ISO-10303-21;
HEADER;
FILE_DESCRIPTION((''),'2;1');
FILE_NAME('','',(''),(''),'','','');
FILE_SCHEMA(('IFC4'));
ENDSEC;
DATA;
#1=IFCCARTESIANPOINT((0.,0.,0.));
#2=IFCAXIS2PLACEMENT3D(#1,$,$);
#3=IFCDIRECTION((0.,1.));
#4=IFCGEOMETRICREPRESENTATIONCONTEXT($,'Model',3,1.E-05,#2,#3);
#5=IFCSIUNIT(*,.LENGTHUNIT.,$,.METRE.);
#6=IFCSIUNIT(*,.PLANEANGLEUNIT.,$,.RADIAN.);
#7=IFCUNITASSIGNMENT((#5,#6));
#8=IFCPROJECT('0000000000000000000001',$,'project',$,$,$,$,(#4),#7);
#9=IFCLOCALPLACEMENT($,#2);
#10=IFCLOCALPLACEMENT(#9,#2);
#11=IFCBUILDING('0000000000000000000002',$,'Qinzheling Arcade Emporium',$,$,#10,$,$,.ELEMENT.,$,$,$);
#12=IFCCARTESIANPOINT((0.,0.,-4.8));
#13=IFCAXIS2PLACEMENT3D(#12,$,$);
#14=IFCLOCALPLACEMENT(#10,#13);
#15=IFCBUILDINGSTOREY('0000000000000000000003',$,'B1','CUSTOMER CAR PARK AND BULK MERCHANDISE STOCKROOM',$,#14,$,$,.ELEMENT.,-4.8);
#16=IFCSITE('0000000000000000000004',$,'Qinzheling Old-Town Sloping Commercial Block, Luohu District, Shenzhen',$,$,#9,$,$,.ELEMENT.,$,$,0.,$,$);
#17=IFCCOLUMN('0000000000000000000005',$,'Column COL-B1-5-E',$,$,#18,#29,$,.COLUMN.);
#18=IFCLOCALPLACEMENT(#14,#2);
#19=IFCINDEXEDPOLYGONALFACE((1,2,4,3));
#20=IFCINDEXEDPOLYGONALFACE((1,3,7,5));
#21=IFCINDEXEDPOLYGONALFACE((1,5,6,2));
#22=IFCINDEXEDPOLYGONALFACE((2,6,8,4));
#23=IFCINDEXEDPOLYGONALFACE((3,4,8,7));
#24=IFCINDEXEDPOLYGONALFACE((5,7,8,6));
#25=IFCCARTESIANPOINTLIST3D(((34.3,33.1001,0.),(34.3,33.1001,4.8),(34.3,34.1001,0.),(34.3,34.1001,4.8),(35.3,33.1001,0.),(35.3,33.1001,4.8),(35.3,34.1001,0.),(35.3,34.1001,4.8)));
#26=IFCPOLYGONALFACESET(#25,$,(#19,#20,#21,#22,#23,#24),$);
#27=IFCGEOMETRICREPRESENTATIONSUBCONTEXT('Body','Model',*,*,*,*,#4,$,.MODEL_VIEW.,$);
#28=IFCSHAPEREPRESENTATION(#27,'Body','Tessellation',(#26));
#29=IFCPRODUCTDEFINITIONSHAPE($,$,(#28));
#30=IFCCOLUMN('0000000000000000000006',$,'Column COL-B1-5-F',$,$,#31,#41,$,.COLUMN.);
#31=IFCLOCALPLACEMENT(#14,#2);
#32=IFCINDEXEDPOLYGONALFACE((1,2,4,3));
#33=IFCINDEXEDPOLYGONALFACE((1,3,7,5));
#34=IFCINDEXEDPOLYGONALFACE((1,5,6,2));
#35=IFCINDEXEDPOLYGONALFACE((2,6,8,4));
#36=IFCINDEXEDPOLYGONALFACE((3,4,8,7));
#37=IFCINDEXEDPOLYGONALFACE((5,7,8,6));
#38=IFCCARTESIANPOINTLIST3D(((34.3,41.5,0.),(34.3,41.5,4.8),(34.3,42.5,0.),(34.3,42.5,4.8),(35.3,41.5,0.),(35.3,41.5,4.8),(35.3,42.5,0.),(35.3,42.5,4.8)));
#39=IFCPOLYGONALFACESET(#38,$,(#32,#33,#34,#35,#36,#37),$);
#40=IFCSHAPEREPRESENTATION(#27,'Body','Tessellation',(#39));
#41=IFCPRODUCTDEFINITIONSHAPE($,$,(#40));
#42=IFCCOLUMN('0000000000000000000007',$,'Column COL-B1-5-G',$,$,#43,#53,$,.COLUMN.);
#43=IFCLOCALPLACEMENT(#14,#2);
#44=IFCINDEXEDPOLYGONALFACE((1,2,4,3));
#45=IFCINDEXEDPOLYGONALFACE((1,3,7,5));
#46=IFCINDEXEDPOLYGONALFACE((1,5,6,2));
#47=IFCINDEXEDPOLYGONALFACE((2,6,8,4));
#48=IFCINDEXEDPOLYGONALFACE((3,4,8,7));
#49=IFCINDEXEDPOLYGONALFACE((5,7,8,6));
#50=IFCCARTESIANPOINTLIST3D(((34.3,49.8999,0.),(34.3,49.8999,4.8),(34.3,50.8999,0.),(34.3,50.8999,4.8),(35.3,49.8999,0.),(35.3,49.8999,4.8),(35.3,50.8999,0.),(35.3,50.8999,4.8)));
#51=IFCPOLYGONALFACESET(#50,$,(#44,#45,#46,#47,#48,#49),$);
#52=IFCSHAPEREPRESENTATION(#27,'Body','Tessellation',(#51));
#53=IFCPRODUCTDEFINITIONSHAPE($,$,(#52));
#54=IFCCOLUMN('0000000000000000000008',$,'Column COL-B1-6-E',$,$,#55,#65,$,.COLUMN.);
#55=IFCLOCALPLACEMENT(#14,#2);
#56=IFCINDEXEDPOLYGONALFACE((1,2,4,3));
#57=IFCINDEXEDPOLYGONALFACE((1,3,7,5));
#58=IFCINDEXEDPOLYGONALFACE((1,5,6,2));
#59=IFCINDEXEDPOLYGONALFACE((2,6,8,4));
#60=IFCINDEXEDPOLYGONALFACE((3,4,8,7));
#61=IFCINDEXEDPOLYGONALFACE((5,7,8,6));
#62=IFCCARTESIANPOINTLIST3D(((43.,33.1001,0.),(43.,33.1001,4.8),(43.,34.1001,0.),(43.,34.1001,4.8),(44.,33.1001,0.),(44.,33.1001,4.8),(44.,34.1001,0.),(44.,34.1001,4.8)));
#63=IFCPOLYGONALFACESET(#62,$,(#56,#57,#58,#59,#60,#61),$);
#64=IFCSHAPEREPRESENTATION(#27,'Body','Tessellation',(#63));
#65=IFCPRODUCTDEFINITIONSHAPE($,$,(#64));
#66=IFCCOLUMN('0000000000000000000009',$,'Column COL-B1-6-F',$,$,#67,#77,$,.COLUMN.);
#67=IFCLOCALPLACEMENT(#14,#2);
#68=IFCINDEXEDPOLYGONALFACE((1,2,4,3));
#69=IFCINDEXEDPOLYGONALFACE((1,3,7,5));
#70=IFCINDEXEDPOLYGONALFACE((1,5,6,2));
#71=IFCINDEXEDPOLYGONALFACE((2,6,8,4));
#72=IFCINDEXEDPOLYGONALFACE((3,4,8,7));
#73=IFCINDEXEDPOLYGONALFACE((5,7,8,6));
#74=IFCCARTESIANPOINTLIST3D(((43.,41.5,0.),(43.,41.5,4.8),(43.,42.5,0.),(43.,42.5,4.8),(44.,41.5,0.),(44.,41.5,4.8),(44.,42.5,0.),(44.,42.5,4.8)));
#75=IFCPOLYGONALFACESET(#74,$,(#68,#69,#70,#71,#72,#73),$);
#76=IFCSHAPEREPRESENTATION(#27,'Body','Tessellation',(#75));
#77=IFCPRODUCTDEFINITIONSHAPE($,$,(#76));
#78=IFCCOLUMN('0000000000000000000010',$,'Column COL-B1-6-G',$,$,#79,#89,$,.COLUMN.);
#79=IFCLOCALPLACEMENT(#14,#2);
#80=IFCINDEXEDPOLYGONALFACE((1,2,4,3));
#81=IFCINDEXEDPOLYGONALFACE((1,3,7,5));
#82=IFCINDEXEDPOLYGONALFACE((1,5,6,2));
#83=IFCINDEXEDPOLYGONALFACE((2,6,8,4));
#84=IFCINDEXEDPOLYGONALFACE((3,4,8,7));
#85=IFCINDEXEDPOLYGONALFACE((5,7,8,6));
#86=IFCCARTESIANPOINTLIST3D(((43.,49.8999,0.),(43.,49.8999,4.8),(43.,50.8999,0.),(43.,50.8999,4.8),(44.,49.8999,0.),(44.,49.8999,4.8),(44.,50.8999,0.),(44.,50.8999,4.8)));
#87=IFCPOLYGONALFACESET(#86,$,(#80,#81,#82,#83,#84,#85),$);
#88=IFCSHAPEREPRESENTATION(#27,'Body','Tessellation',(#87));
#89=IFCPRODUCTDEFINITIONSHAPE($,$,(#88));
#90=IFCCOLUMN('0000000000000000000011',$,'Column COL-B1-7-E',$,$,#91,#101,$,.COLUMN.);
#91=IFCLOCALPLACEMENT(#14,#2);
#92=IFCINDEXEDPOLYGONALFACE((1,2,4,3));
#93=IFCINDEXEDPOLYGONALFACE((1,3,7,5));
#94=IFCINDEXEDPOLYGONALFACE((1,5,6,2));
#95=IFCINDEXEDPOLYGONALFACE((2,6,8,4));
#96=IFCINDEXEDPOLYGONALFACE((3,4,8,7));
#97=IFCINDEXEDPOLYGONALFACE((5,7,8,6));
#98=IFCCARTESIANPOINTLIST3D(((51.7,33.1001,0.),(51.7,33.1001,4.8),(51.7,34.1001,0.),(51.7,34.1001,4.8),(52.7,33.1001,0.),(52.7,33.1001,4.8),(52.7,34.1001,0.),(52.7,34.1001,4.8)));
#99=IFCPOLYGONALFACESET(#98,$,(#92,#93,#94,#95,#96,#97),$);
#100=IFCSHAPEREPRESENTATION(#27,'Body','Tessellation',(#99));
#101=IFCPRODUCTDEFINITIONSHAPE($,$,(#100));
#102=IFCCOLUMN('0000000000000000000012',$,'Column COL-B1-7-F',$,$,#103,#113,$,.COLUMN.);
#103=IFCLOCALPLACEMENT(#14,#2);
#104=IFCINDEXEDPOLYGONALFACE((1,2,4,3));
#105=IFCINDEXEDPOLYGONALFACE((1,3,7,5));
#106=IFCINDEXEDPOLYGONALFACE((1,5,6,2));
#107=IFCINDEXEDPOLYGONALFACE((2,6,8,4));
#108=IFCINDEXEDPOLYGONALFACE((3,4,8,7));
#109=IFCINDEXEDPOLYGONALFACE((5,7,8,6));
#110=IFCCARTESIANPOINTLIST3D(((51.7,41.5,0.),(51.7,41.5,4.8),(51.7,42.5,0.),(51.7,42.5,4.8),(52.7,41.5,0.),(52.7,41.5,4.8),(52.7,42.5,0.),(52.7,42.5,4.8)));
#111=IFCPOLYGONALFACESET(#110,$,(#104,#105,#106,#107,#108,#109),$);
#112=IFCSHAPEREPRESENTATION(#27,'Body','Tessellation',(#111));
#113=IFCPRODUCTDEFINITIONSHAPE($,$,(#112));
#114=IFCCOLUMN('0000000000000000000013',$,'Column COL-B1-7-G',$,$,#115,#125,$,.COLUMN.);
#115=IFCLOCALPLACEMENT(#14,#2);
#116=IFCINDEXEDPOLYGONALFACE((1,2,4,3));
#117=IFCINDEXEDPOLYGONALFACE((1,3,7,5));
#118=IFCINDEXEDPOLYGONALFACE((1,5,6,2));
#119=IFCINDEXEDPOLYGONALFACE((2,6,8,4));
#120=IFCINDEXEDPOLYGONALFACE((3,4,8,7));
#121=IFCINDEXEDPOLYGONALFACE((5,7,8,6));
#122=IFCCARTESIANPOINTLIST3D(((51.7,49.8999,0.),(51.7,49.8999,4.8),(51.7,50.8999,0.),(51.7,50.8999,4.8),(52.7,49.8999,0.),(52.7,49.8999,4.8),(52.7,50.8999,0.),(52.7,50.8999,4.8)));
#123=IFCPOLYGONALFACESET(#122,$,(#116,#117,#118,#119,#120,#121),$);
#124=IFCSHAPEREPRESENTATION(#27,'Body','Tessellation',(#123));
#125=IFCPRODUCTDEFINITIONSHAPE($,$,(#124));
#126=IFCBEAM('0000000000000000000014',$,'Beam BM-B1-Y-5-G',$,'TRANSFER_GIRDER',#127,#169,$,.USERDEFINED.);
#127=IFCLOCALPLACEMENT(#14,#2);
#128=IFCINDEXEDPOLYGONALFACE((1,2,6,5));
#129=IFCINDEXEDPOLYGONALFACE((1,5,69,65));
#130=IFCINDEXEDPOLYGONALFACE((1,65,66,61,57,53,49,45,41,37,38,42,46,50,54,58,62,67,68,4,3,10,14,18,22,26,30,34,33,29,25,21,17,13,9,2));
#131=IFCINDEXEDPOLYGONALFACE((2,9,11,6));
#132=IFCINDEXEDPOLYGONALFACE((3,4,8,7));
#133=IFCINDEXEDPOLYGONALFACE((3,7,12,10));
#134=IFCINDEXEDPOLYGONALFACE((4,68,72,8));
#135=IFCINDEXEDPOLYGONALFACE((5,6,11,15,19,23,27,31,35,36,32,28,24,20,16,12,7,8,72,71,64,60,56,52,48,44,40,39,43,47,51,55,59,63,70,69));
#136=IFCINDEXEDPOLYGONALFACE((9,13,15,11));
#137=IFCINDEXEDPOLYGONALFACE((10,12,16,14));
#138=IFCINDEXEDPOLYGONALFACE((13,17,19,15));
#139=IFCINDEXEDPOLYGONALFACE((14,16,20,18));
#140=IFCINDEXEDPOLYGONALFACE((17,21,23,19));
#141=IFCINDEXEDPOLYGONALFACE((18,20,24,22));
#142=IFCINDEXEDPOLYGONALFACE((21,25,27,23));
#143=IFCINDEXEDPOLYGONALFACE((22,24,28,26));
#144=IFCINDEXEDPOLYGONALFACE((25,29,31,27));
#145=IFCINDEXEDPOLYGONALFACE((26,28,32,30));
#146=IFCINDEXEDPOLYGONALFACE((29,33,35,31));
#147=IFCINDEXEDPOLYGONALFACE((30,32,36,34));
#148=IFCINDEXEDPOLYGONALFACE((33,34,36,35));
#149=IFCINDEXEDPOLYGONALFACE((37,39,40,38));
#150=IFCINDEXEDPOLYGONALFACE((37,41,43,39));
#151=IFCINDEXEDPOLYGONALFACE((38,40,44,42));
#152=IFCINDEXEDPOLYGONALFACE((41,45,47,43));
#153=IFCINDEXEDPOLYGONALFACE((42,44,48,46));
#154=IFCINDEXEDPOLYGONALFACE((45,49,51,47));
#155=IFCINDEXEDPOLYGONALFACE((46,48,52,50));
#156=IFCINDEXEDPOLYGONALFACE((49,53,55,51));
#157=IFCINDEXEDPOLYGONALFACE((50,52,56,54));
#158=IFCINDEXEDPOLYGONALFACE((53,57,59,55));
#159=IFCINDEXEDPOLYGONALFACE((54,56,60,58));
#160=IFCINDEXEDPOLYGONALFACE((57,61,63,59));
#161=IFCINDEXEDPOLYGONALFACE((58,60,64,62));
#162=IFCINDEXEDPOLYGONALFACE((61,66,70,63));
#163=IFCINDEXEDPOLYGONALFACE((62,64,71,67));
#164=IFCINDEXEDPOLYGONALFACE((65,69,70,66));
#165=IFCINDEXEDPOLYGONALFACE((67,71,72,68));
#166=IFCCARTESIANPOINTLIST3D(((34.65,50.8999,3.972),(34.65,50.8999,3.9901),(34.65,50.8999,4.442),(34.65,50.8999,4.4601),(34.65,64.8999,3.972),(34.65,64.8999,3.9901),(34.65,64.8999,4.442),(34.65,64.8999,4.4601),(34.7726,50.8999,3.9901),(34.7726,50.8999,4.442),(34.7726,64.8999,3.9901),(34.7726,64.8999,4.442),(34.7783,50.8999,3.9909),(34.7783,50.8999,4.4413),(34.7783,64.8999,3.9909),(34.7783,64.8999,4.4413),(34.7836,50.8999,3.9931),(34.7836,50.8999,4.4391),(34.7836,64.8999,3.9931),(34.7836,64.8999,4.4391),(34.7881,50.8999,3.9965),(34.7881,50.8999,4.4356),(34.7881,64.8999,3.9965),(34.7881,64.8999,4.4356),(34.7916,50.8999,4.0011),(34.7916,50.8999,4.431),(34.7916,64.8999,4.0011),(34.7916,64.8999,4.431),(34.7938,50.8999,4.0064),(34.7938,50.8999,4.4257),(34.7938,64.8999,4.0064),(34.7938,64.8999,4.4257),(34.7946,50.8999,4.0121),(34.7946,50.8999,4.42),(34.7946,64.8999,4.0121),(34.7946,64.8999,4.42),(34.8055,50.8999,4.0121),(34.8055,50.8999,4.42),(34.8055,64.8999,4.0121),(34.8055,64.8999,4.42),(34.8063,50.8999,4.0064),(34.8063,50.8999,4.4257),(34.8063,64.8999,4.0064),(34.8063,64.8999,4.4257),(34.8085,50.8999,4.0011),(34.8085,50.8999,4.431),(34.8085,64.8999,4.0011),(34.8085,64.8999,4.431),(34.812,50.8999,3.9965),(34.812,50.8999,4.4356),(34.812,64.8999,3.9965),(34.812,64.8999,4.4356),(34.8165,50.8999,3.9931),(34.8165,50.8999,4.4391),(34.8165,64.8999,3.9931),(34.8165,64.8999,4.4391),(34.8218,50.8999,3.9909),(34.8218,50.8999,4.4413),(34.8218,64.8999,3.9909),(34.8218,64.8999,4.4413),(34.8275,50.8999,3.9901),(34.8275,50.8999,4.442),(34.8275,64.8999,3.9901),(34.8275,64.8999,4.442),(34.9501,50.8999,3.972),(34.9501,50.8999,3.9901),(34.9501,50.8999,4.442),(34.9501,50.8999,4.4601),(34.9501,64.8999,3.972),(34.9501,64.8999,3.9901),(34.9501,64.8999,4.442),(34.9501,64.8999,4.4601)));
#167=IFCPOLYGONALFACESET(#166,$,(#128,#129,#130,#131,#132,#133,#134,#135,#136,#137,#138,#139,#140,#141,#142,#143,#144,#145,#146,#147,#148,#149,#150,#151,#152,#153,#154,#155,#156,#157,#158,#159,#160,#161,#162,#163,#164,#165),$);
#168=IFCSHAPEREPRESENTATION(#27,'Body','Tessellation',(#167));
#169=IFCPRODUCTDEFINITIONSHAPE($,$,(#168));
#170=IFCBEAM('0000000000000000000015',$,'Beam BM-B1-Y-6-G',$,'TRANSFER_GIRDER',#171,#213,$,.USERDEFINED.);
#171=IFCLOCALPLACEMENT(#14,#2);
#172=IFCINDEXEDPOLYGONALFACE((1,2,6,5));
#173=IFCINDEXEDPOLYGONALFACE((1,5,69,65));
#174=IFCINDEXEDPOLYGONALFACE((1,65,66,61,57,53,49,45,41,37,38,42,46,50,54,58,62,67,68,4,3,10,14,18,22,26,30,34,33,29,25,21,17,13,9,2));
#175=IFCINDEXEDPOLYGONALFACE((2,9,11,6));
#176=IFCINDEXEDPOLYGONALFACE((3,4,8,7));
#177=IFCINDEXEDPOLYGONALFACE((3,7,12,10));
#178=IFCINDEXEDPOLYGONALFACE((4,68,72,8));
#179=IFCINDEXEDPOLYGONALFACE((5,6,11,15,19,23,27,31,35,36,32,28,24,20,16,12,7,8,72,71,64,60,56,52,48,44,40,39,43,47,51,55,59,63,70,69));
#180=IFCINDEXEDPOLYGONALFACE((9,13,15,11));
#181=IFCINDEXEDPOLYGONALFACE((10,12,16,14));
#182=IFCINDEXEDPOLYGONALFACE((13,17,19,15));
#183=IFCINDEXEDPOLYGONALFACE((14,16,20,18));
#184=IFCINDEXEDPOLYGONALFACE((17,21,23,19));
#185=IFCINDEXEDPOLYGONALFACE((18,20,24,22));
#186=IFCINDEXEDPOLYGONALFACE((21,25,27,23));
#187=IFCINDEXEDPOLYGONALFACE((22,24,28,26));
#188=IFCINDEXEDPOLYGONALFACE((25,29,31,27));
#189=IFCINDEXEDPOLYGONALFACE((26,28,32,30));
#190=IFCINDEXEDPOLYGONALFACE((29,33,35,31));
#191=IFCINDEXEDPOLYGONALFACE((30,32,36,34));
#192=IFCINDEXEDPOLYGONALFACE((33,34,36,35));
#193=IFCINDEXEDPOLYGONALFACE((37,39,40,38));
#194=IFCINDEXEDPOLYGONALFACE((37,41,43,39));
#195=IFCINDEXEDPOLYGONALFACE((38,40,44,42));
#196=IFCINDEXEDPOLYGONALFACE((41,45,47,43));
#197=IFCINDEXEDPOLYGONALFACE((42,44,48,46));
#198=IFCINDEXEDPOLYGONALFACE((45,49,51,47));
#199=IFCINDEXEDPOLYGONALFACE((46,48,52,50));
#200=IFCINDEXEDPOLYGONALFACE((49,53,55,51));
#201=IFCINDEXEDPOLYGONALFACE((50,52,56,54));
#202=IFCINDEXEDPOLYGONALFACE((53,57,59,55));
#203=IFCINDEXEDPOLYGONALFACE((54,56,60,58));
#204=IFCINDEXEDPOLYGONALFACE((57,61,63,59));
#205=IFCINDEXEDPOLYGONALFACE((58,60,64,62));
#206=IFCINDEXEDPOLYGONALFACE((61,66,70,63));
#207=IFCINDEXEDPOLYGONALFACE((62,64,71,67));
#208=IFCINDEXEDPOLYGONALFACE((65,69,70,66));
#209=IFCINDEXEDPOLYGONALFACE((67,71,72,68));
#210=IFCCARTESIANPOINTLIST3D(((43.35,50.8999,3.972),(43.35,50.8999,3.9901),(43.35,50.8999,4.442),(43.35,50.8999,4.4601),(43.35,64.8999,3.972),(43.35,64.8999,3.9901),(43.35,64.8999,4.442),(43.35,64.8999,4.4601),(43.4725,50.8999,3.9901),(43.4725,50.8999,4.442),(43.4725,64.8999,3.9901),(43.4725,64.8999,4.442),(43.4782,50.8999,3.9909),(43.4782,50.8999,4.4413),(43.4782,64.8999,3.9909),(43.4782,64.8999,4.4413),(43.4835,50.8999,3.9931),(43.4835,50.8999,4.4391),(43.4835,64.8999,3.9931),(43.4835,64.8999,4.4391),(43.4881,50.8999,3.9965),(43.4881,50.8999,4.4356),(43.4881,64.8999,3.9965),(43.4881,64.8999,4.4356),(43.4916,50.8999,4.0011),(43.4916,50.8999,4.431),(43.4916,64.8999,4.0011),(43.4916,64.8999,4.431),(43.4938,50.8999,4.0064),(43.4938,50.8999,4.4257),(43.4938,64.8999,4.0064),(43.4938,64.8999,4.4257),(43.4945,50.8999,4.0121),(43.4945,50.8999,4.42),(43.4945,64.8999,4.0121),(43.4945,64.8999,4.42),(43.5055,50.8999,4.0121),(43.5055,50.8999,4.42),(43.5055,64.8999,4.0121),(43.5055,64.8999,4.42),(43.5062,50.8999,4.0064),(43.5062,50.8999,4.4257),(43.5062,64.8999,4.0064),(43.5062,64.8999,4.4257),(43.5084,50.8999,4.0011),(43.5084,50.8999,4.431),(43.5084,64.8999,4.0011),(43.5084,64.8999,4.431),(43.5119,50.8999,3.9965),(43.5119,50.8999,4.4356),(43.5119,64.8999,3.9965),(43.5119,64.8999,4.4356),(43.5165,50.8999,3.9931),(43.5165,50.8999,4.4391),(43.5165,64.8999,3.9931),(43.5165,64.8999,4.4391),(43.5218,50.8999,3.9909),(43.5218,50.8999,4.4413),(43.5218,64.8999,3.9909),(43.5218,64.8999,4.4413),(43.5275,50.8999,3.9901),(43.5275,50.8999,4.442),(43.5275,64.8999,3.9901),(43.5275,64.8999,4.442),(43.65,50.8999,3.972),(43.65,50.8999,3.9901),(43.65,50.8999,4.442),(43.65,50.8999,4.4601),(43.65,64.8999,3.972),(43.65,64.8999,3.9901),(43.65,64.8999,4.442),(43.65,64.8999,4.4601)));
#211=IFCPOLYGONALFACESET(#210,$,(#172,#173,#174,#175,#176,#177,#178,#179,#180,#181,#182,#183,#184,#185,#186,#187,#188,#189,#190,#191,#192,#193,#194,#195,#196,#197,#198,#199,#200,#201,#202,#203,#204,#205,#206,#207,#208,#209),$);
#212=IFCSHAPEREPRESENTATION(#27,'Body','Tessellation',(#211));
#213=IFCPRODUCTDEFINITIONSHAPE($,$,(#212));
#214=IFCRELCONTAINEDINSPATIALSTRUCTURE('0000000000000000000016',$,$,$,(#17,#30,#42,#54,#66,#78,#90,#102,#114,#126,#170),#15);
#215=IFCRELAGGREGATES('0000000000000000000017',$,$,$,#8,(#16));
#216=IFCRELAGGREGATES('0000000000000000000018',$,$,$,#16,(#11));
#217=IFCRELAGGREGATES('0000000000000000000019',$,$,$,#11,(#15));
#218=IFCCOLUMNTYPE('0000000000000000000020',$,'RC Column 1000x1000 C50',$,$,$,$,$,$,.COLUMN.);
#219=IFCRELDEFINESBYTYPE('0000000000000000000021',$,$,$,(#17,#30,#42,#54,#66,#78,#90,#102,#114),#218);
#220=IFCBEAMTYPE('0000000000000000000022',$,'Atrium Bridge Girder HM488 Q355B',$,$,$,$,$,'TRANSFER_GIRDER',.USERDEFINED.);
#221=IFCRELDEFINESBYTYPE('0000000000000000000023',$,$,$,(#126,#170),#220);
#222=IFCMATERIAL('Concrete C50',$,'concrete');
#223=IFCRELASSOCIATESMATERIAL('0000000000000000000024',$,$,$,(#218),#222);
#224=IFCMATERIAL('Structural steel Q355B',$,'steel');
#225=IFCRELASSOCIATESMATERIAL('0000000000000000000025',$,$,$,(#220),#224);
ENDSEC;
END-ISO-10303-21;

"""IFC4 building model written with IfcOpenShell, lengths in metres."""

from ifc_helpers import new_model, si_unit, direction, frame, origin, origin_2d, place, context, subcontext, project, spatial, rectangle, i_section, extrude, material, material_profile, profile_set, type_object, element, save


model = new_model("IFC4")

# Units and contexts
model_context = context("Model", 3, precision=1e-05, world=origin(), true_north=direction((0.0, 1.0)))
body_context = subcontext(model_context, "Body", "Model", "MODEL_VIEW")
ifc_project = project(units=[si_unit("LENGTHUNIT", "METRE"), si_unit("PLANEANGLEUNIT", "RADIAN")], contexts=[model_context])

# Site, building, storey
site_placement = place(None, origin())
site = spatial("IfcSite", under=ifc_project, at=site_placement, Name="Qinzheling Old-Town Sloping Commercial Block, Luohu District, Shenzhen", CompositionType="ELEMENT", RefElevation=0.0)
building_placement = place(site_placement, origin())
building = spatial("IfcBuilding", under=site, at=building_placement, Name="Qinzheling Arcade Emporium", CompositionType="ELEMENT")
storey_placement = place(building_placement, frame((0.0, 0.0, -4.8)))
storey = spatial("IfcBuildingStorey", under=building, at=storey_placement, Name="B1", Description="CUSTOMER CAR PARK AND BULK MERCHANDISE STOCKROOM", CompositionType="ELEMENT", Elevation=-4.8)

# Columns
ifc_material_1 = material(Name="Concrete C50", Category="concrete")
ifc_material_profile_1 = material_profile(ifc_material_1, rectangle(XDim=1.0, YDim=1.0, at=origin_2d()), Name="RC 1000x1000", Category="concrete")
ifc_profile_set_1 = profile_set([ifc_material_profile_1], Name="Concrete C50")
column_type = type_object("IfcColumnType", Name="RC Column 1000x1000 C50", PredefinedType="COLUMN", material=ifc_profile_set_1)
for number, where, z_axis, x_axis, name in (
    (1, (34.8, 33.6001, 0.0), (0.0, 0.0, 1.0), (1.0, 0.0, 0.0), "Column COL-B1-5-E"),
    (2, (34.8, 42.0, 0.0), (0.0, 0.0, 1.0), (1.0, 0.0, 0.0), "Column COL-B1-5-F"),
    (3, (34.8, 50.3999, 0.0), (0.0, 0.0, 1.0), (1.0, 0.0, 0.0), "Column COL-B1-5-G"),
    (4, (43.5, 33.6001, 0.0), (0.0, 0.0, 1.0), (1.0, 0.0, 0.0), "Column COL-B1-6-E"),
    (5, (43.5, 42.0, 0.0), (0.0, 0.0, 1.0), (1.0, 0.0, 0.0), "Column COL-B1-6-F"),
    (6, (43.5, 50.3999, 0.0), (0.0, 0.0, 1.0), (1.0, 0.0, 0.0), "Column COL-B1-6-G"),
    (7, (52.2, 33.6001, 0.0), (0.0, 0.0, 1.0), (1.0, 0.0, 0.0), "Column COL-B1-7-E"),
    (8, (52.2, 42.0, 0.0), (0.0, 0.0, 1.0), (1.0, 0.0, 0.0), "Column COL-B1-7-F"),
    (9, (52.2, 50.3999, 0.0), (0.0, 0.0, 1.0), (1.0, 0.0, 0.0), "Column COL-B1-7-G"),
):
    element("IfcColumn", number, at=place(storey_placement, frame(where, z_axis=z_axis, x_axis=x_axis)), inside=storey, type_object=column_type, Name=name, PredefinedType="COLUMN", context=body_context, shape_type="SweptSolid", body=[
        extrude(rectangle(XDim=1.0, YDim=1.0, at=origin_2d()), origin(), (0.0, 0.0, 1.0), 4.8),
    ])

# Beams
ifc_material_2 = material(Name="Structural steel Q355B", Category="steel")
ifc_material_profile_2 = material_profile(ifc_material_2, i_section(OverallWidth=0.3, OverallDepth=0.488, WebThickness=0.011, FlangeThickness=0.0181, FilletRadius=0.022, at=origin_2d()), Name="HM 488x300x11x18", Category="steel")
ifc_profile_set_2 = profile_set([ifc_material_profile_2], Name="Structural steel Q355B")
beam_type_1 = type_object("IfcBeamType", Name="Atrium Bridge Girder HM488 Q355B", ElementType="TRANSFER_GIRDER", PredefinedType="USERDEFINED", material=ifc_profile_set_2)
for number, where, z_axis, x_axis, name in (
    (10, (34.8, 50.8999, 4.2161), (0.0, 1.0, 0.0), (-1.0, 0.0, 0.0), "Beam BM-B1-Y-5-G"),
    (11, (43.5, 50.8999, 4.2161), (0.0, 1.0, 0.0), (-1.0, 0.0, 0.0), "Beam BM-B1-Y-6-G"),
):
    element("IfcBeam", number, at=place(storey_placement, frame(where, z_axis=z_axis, x_axis=x_axis)), inside=storey, type_object=beam_type_1, Name=name, ObjectType="TRANSFER_GIRDER", PredefinedType="USERDEFINED", context=body_context, shape_type="SweptSolid", body=[
        extrude(i_section(OverallWidth=0.3, OverallDepth=0.488, WebThickness=0.011, FlangeThickness=0.0181, FilletRadius=0.022, at=origin_2d()), origin(), (0.0, 0.0, 1.0), 14.0),
    ])

save(model, "model.ifc")
